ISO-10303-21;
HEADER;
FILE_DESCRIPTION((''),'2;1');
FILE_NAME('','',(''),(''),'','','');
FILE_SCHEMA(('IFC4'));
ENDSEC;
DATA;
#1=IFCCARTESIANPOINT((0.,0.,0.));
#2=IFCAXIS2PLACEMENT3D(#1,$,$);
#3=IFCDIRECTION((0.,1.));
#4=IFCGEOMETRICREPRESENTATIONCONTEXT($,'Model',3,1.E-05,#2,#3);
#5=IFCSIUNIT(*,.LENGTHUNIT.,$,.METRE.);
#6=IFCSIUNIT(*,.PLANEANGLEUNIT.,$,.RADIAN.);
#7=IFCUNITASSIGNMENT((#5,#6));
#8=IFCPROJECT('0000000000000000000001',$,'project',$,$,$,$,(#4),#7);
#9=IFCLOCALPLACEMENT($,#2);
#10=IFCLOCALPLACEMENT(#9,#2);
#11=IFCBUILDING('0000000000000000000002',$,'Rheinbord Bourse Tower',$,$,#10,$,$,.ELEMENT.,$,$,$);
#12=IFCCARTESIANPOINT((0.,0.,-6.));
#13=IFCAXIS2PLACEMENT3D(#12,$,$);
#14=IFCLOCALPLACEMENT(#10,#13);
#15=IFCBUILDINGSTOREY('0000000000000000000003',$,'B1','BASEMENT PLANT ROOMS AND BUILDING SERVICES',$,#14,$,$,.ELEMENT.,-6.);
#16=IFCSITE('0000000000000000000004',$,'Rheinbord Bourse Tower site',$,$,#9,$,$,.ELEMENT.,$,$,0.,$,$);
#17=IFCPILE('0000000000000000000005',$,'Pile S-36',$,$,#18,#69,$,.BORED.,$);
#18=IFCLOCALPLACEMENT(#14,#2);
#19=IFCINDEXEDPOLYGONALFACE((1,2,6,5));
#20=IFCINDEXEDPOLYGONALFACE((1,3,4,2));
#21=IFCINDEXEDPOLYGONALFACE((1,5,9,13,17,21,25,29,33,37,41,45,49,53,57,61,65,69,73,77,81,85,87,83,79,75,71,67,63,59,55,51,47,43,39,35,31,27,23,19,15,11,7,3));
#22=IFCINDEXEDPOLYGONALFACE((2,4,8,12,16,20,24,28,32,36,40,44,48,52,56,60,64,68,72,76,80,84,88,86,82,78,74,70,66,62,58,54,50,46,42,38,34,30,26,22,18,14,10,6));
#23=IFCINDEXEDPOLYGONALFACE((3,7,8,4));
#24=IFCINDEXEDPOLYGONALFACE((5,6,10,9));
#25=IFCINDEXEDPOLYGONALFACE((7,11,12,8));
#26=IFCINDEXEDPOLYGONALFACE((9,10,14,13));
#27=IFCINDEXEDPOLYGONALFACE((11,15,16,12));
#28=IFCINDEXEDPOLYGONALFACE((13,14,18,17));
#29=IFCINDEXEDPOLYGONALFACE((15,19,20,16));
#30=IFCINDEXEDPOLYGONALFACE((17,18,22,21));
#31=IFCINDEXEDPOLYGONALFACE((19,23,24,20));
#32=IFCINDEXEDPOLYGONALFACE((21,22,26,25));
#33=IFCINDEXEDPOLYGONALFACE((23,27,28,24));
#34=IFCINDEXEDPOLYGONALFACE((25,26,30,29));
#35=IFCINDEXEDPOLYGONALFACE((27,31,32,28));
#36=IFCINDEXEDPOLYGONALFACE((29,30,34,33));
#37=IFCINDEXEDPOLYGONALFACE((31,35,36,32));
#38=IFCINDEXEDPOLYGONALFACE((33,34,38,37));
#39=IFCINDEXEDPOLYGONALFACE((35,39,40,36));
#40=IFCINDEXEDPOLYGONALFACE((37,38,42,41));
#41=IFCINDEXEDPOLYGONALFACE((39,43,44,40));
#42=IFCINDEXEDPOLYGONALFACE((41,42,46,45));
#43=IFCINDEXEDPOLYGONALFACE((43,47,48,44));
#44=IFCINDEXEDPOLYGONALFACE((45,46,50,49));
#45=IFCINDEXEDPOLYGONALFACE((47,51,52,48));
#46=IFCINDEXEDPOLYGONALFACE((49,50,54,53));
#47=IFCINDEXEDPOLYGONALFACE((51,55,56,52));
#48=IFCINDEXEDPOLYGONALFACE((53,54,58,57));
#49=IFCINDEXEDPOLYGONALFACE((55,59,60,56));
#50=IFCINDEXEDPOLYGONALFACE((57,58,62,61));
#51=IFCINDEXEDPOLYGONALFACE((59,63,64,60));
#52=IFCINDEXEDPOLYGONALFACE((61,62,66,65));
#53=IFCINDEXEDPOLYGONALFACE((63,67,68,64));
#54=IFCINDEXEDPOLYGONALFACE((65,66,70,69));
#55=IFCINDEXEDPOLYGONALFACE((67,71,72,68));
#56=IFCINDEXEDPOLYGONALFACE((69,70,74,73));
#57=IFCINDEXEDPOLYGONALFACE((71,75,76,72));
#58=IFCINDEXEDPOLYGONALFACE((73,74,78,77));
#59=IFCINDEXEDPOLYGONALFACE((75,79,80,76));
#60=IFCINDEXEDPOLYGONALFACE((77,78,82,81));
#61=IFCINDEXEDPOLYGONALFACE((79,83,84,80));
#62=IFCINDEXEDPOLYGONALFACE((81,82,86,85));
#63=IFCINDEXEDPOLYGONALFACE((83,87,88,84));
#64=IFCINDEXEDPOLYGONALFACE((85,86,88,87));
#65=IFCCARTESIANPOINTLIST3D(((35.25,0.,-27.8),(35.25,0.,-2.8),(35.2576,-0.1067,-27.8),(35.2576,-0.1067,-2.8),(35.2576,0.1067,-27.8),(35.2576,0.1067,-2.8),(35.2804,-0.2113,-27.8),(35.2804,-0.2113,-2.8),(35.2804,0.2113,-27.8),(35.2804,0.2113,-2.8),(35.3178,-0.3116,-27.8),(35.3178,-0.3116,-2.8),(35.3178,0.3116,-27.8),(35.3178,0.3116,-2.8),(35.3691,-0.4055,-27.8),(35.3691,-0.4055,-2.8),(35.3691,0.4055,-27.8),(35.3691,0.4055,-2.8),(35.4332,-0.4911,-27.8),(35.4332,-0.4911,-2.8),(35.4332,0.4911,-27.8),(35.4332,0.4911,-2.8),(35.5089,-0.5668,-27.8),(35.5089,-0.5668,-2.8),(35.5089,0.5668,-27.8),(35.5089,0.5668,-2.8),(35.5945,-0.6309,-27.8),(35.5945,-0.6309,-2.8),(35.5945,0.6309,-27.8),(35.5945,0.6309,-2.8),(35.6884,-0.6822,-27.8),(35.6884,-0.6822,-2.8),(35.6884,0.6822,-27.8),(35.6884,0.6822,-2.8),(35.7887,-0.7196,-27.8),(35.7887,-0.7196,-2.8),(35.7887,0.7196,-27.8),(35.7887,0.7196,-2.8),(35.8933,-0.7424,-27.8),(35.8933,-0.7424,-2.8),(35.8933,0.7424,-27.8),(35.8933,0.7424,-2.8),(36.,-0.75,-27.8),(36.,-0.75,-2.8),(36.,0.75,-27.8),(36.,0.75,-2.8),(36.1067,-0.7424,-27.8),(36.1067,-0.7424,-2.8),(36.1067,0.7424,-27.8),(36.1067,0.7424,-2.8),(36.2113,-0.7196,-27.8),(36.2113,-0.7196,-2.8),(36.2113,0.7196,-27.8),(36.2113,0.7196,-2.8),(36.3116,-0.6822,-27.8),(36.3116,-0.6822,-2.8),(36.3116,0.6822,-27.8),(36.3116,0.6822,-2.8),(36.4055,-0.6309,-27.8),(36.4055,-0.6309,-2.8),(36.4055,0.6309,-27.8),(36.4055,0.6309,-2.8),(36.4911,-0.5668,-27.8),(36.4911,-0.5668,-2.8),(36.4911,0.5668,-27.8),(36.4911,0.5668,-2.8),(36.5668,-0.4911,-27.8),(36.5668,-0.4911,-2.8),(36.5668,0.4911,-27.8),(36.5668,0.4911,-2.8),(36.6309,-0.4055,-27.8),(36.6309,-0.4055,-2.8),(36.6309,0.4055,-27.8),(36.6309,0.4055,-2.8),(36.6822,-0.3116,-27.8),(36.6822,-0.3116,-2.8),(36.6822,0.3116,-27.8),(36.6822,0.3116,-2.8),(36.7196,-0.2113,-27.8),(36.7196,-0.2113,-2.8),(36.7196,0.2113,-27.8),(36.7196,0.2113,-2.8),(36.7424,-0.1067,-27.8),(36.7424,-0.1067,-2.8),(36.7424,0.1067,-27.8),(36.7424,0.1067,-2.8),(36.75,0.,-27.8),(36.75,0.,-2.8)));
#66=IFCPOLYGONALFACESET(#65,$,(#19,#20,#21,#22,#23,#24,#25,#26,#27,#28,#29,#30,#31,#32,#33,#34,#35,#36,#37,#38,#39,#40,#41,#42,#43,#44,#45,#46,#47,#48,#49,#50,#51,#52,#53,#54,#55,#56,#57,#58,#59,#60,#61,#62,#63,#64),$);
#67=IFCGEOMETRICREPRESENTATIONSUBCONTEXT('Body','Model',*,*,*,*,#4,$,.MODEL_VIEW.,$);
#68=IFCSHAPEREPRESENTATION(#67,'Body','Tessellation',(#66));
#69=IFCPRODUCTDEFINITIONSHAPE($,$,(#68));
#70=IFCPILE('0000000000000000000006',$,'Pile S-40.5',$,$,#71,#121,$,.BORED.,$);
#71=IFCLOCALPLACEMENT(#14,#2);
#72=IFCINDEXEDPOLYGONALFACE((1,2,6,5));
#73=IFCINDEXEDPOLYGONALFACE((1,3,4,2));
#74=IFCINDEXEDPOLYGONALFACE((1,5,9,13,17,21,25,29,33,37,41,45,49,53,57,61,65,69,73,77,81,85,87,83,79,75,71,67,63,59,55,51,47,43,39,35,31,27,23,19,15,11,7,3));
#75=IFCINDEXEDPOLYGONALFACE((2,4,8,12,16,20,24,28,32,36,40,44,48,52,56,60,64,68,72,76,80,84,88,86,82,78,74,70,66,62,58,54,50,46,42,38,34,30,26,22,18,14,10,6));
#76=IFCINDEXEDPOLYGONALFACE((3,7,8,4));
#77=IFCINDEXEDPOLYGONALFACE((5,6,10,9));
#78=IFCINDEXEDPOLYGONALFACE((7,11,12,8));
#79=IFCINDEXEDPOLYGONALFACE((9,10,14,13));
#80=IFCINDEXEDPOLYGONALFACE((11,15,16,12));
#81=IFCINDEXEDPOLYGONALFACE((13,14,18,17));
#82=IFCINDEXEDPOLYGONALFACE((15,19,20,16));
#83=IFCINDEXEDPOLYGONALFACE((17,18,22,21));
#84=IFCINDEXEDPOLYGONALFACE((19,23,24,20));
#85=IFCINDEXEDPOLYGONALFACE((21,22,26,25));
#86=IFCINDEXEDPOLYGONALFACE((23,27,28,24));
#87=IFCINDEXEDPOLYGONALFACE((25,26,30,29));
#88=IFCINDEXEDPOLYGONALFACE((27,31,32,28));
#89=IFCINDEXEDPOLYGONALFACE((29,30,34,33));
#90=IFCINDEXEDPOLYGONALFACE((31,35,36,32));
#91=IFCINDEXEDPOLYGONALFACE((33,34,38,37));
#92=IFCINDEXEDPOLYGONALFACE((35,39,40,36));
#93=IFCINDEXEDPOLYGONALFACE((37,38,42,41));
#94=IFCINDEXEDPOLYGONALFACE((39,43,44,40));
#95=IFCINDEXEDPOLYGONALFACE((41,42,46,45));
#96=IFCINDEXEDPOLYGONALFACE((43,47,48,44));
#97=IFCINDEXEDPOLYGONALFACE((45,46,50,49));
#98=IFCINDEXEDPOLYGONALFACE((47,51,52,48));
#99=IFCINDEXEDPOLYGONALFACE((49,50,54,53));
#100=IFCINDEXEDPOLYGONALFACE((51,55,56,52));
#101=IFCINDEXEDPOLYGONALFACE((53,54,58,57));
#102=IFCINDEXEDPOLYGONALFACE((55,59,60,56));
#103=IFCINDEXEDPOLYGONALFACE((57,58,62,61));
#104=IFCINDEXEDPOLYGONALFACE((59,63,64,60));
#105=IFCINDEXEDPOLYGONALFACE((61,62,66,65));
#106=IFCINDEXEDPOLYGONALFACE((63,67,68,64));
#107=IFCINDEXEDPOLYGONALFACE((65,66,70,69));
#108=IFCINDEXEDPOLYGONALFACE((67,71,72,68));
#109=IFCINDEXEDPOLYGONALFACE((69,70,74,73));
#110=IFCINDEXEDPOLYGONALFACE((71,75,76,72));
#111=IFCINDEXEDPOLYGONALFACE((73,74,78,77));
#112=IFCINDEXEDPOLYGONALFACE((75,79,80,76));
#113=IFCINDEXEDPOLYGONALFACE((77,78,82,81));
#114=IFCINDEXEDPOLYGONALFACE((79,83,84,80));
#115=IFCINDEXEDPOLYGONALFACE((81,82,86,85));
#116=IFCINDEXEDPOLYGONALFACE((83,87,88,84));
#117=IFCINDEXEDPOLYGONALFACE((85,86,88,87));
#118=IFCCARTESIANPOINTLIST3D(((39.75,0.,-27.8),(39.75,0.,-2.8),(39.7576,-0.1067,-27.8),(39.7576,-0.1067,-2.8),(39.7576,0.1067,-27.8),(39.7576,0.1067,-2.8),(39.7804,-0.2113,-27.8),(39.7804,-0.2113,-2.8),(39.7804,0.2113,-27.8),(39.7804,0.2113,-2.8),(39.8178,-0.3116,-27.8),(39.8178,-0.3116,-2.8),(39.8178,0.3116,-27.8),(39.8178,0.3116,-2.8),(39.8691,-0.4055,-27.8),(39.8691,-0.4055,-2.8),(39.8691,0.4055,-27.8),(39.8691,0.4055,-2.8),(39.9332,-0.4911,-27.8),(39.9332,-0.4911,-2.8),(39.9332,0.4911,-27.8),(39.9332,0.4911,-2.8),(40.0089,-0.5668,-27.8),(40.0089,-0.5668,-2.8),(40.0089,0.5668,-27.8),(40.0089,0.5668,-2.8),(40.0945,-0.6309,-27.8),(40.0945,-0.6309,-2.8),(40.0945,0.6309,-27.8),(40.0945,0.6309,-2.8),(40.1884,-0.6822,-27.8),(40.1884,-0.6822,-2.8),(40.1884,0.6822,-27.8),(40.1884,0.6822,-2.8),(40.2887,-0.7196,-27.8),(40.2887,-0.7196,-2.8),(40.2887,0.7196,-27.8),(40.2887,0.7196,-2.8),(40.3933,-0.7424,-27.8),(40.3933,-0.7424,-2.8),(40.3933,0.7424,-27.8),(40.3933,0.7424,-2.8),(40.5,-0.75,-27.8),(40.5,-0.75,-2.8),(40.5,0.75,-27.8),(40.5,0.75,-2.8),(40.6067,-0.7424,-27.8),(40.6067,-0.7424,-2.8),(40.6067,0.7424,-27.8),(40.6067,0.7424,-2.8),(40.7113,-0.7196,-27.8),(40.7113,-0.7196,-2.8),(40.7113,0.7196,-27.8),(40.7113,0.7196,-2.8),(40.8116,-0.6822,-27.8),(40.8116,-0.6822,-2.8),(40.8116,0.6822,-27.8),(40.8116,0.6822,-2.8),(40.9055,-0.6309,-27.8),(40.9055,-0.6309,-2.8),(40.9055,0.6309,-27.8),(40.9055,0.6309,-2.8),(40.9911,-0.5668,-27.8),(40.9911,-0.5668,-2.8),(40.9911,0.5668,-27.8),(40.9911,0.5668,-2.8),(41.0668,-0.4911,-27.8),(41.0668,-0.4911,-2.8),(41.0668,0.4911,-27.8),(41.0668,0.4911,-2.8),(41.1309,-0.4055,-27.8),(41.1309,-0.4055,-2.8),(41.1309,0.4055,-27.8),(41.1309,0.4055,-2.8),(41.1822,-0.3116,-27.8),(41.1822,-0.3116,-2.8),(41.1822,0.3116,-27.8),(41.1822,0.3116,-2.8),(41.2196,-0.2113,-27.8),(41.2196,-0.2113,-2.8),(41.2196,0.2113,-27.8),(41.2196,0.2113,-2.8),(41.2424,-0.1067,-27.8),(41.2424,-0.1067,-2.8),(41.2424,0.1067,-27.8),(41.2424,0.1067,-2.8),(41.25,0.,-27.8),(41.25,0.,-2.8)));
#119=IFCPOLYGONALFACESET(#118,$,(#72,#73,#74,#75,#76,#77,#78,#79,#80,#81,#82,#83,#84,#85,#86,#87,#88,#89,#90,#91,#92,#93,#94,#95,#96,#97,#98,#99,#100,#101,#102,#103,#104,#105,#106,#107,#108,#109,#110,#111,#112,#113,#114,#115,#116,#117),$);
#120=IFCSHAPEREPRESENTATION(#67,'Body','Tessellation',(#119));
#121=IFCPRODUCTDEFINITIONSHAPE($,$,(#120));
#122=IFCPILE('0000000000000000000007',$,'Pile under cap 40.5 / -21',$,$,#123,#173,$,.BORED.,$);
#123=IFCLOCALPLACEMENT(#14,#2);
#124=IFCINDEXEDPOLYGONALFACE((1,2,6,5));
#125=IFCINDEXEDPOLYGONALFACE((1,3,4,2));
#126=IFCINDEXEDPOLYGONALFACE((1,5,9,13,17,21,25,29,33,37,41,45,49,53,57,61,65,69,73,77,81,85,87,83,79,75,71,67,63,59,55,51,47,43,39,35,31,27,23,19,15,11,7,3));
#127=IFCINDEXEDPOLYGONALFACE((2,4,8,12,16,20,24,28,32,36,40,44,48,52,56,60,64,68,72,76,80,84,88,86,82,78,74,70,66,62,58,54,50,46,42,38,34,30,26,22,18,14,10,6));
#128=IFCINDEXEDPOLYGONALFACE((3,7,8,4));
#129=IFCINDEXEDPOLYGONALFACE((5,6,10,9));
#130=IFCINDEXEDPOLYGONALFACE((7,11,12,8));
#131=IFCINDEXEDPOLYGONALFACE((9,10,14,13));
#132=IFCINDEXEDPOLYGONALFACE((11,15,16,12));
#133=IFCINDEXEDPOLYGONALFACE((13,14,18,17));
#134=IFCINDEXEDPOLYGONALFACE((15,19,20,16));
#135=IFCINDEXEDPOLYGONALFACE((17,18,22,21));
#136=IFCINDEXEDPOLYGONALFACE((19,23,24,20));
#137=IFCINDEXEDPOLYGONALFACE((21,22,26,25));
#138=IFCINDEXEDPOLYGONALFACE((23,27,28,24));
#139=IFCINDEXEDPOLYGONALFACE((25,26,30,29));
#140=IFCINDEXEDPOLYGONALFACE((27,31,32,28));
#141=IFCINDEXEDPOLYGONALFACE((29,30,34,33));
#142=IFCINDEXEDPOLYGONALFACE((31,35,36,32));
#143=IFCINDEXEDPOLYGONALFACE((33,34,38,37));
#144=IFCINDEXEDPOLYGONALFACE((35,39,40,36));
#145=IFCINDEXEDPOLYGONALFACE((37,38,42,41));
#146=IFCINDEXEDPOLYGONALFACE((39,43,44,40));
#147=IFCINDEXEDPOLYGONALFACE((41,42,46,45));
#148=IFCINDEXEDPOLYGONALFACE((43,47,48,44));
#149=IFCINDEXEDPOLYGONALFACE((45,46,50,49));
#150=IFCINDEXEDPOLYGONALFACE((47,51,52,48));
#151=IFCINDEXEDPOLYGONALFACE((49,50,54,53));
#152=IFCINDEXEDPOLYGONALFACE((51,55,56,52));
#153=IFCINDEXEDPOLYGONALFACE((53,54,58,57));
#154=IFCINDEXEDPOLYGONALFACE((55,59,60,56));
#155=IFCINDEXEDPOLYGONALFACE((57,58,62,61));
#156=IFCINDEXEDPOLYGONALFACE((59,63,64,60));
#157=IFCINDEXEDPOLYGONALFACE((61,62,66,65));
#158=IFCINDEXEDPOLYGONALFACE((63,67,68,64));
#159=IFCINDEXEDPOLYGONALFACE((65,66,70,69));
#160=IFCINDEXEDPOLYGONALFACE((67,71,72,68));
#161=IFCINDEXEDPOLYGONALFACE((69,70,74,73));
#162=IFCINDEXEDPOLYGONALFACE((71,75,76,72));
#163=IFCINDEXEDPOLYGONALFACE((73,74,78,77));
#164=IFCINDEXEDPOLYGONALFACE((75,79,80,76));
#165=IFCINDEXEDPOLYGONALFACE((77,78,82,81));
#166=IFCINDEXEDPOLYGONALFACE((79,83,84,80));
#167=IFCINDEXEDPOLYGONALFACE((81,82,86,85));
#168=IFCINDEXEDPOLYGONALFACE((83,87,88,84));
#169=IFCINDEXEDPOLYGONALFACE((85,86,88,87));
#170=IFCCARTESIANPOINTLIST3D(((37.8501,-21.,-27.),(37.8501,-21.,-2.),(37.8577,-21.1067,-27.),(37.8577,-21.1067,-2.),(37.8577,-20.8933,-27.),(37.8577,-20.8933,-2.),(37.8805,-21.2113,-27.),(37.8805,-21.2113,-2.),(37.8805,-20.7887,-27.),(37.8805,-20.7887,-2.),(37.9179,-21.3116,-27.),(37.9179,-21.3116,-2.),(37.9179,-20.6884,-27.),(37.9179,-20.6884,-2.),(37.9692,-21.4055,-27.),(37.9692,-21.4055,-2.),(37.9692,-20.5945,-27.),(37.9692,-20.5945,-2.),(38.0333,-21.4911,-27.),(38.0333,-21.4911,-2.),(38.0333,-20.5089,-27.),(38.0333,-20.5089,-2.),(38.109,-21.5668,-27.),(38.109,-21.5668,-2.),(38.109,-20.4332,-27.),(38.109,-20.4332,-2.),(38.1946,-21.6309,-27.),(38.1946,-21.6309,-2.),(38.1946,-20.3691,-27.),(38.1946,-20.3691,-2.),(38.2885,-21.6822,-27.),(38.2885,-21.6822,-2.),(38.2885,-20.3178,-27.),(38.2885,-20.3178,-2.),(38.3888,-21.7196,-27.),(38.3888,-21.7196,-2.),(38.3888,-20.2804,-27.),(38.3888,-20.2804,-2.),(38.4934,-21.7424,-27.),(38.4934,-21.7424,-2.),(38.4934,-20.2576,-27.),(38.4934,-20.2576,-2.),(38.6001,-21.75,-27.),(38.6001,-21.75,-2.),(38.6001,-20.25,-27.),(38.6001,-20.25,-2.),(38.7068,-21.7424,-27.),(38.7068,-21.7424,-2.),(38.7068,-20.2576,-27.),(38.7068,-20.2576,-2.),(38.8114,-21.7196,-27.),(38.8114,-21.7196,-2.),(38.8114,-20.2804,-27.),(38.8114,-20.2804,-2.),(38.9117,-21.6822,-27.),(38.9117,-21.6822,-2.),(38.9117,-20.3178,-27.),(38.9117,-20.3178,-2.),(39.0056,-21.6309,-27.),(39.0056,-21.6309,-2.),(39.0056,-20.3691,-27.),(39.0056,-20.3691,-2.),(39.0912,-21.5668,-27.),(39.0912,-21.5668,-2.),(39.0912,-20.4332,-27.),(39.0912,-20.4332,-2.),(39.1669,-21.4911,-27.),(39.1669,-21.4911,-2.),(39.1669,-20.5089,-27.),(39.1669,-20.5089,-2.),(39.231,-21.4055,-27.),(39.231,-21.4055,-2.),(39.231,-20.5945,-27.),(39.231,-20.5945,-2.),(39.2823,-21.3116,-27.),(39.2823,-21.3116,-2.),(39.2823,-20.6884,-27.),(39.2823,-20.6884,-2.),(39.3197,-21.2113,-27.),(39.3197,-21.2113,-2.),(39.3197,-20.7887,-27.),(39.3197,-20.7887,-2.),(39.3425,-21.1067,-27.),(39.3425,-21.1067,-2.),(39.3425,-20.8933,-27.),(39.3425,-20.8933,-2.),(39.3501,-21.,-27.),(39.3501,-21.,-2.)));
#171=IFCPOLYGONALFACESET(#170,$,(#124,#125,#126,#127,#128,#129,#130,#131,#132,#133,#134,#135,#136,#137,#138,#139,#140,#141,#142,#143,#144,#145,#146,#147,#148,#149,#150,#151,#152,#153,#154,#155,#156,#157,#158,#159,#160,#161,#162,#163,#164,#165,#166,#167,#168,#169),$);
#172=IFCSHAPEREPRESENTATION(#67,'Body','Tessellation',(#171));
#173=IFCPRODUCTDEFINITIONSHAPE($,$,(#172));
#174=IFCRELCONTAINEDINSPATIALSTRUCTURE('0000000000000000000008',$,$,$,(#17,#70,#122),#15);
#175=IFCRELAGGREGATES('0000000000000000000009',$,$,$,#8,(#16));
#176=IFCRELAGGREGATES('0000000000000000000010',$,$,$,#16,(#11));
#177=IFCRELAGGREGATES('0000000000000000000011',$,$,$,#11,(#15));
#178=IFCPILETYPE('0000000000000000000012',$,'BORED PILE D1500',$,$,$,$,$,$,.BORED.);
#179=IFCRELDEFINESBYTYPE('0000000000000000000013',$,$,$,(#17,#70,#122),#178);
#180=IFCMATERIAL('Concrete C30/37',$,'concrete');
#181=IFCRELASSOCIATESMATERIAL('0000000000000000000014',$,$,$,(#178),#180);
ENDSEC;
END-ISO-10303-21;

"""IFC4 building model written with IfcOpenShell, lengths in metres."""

from ifc_helpers import new_model, si_unit, direction, frame, origin, origin_2d, place, context, subcontext, project, spatial, circle, extrude, material, material_profile, profile_set, type_object, element, save


model = new_model("IFC4")

# Units and contexts
model_context = context("Model", 3, precision=1e-05, world=origin(), true_north=direction((0.0, 1.0)))
body_context = subcontext(model_context, "Body", "Model", "MODEL_VIEW")
ifc_project = project(units=[si_unit("LENGTHUNIT", "METRE"), si_unit("PLANEANGLEUNIT", "RADIAN")], contexts=[model_context])

# Site, building, storey
site_placement = place(None, origin())
site = spatial("IfcSite", under=ifc_project, at=site_placement, Name="Rheinbord Bourse Tower site", CompositionType="ELEMENT", RefElevation=0.0)
building_placement = place(site_placement, origin())
building = spatial("IfcBuilding", under=site, at=building_placement, Name="Rheinbord Bourse Tower", CompositionType="ELEMENT")
storey_placement = place(building_placement, frame((0.0, 0.0, -6.0)))
storey = spatial("IfcBuildingStorey", under=building, at=storey_placement, Name="B1", Description="BASEMENT PLANT ROOMS AND BUILDING SERVICES", CompositionType="ELEMENT", Elevation=-6.0)

# Piles
ifc_material_1 = material(Name="Concrete C30/37", Category="concrete")
ifc_material_profile_1 = material_profile(ifc_material_1, circle(Radius=0.75, at=origin_2d()), Name="D1500")
ifc_profile_set_1 = profile_set([ifc_material_profile_1], Name="Concrete C30/37")
pile_type = type_object("IfcPileType", Name="BORED PILE D1500", PredefinedType="BORED", material=ifc_profile_set_1)
for number, where, z_axis, x_axis, name in (
    (1, (36.0, 0.0, -2.8), (0.0, 0.0, -1.0), (1.0, 0.0, 0.0), "Pile S-36"),
    (2, (40.5, 0.0, -2.8), (0.0, 0.0, -1.0), (1.0, 0.0, 0.0), "Pile S-40.5"),
    (3, (38.6001, -21.0, -2.0), (0.0, 0.0, -1.0), (1.0, 0.0, 0.0), "Pile under cap 40.5 / -21"),
):
    element("IfcPile", number, at=place(storey_placement, frame(where, z_axis=z_axis, x_axis=x_axis)), inside=storey, type_object=pile_type, Name=name, PredefinedType="BORED", context=body_context, shape_type="SweptSolid", body=[
        extrude(circle(Radius=0.75, at=origin_2d()), origin(), (0.0, 0.0, 1.0), 25.0),
    ])

save(model, "model.ifc")
